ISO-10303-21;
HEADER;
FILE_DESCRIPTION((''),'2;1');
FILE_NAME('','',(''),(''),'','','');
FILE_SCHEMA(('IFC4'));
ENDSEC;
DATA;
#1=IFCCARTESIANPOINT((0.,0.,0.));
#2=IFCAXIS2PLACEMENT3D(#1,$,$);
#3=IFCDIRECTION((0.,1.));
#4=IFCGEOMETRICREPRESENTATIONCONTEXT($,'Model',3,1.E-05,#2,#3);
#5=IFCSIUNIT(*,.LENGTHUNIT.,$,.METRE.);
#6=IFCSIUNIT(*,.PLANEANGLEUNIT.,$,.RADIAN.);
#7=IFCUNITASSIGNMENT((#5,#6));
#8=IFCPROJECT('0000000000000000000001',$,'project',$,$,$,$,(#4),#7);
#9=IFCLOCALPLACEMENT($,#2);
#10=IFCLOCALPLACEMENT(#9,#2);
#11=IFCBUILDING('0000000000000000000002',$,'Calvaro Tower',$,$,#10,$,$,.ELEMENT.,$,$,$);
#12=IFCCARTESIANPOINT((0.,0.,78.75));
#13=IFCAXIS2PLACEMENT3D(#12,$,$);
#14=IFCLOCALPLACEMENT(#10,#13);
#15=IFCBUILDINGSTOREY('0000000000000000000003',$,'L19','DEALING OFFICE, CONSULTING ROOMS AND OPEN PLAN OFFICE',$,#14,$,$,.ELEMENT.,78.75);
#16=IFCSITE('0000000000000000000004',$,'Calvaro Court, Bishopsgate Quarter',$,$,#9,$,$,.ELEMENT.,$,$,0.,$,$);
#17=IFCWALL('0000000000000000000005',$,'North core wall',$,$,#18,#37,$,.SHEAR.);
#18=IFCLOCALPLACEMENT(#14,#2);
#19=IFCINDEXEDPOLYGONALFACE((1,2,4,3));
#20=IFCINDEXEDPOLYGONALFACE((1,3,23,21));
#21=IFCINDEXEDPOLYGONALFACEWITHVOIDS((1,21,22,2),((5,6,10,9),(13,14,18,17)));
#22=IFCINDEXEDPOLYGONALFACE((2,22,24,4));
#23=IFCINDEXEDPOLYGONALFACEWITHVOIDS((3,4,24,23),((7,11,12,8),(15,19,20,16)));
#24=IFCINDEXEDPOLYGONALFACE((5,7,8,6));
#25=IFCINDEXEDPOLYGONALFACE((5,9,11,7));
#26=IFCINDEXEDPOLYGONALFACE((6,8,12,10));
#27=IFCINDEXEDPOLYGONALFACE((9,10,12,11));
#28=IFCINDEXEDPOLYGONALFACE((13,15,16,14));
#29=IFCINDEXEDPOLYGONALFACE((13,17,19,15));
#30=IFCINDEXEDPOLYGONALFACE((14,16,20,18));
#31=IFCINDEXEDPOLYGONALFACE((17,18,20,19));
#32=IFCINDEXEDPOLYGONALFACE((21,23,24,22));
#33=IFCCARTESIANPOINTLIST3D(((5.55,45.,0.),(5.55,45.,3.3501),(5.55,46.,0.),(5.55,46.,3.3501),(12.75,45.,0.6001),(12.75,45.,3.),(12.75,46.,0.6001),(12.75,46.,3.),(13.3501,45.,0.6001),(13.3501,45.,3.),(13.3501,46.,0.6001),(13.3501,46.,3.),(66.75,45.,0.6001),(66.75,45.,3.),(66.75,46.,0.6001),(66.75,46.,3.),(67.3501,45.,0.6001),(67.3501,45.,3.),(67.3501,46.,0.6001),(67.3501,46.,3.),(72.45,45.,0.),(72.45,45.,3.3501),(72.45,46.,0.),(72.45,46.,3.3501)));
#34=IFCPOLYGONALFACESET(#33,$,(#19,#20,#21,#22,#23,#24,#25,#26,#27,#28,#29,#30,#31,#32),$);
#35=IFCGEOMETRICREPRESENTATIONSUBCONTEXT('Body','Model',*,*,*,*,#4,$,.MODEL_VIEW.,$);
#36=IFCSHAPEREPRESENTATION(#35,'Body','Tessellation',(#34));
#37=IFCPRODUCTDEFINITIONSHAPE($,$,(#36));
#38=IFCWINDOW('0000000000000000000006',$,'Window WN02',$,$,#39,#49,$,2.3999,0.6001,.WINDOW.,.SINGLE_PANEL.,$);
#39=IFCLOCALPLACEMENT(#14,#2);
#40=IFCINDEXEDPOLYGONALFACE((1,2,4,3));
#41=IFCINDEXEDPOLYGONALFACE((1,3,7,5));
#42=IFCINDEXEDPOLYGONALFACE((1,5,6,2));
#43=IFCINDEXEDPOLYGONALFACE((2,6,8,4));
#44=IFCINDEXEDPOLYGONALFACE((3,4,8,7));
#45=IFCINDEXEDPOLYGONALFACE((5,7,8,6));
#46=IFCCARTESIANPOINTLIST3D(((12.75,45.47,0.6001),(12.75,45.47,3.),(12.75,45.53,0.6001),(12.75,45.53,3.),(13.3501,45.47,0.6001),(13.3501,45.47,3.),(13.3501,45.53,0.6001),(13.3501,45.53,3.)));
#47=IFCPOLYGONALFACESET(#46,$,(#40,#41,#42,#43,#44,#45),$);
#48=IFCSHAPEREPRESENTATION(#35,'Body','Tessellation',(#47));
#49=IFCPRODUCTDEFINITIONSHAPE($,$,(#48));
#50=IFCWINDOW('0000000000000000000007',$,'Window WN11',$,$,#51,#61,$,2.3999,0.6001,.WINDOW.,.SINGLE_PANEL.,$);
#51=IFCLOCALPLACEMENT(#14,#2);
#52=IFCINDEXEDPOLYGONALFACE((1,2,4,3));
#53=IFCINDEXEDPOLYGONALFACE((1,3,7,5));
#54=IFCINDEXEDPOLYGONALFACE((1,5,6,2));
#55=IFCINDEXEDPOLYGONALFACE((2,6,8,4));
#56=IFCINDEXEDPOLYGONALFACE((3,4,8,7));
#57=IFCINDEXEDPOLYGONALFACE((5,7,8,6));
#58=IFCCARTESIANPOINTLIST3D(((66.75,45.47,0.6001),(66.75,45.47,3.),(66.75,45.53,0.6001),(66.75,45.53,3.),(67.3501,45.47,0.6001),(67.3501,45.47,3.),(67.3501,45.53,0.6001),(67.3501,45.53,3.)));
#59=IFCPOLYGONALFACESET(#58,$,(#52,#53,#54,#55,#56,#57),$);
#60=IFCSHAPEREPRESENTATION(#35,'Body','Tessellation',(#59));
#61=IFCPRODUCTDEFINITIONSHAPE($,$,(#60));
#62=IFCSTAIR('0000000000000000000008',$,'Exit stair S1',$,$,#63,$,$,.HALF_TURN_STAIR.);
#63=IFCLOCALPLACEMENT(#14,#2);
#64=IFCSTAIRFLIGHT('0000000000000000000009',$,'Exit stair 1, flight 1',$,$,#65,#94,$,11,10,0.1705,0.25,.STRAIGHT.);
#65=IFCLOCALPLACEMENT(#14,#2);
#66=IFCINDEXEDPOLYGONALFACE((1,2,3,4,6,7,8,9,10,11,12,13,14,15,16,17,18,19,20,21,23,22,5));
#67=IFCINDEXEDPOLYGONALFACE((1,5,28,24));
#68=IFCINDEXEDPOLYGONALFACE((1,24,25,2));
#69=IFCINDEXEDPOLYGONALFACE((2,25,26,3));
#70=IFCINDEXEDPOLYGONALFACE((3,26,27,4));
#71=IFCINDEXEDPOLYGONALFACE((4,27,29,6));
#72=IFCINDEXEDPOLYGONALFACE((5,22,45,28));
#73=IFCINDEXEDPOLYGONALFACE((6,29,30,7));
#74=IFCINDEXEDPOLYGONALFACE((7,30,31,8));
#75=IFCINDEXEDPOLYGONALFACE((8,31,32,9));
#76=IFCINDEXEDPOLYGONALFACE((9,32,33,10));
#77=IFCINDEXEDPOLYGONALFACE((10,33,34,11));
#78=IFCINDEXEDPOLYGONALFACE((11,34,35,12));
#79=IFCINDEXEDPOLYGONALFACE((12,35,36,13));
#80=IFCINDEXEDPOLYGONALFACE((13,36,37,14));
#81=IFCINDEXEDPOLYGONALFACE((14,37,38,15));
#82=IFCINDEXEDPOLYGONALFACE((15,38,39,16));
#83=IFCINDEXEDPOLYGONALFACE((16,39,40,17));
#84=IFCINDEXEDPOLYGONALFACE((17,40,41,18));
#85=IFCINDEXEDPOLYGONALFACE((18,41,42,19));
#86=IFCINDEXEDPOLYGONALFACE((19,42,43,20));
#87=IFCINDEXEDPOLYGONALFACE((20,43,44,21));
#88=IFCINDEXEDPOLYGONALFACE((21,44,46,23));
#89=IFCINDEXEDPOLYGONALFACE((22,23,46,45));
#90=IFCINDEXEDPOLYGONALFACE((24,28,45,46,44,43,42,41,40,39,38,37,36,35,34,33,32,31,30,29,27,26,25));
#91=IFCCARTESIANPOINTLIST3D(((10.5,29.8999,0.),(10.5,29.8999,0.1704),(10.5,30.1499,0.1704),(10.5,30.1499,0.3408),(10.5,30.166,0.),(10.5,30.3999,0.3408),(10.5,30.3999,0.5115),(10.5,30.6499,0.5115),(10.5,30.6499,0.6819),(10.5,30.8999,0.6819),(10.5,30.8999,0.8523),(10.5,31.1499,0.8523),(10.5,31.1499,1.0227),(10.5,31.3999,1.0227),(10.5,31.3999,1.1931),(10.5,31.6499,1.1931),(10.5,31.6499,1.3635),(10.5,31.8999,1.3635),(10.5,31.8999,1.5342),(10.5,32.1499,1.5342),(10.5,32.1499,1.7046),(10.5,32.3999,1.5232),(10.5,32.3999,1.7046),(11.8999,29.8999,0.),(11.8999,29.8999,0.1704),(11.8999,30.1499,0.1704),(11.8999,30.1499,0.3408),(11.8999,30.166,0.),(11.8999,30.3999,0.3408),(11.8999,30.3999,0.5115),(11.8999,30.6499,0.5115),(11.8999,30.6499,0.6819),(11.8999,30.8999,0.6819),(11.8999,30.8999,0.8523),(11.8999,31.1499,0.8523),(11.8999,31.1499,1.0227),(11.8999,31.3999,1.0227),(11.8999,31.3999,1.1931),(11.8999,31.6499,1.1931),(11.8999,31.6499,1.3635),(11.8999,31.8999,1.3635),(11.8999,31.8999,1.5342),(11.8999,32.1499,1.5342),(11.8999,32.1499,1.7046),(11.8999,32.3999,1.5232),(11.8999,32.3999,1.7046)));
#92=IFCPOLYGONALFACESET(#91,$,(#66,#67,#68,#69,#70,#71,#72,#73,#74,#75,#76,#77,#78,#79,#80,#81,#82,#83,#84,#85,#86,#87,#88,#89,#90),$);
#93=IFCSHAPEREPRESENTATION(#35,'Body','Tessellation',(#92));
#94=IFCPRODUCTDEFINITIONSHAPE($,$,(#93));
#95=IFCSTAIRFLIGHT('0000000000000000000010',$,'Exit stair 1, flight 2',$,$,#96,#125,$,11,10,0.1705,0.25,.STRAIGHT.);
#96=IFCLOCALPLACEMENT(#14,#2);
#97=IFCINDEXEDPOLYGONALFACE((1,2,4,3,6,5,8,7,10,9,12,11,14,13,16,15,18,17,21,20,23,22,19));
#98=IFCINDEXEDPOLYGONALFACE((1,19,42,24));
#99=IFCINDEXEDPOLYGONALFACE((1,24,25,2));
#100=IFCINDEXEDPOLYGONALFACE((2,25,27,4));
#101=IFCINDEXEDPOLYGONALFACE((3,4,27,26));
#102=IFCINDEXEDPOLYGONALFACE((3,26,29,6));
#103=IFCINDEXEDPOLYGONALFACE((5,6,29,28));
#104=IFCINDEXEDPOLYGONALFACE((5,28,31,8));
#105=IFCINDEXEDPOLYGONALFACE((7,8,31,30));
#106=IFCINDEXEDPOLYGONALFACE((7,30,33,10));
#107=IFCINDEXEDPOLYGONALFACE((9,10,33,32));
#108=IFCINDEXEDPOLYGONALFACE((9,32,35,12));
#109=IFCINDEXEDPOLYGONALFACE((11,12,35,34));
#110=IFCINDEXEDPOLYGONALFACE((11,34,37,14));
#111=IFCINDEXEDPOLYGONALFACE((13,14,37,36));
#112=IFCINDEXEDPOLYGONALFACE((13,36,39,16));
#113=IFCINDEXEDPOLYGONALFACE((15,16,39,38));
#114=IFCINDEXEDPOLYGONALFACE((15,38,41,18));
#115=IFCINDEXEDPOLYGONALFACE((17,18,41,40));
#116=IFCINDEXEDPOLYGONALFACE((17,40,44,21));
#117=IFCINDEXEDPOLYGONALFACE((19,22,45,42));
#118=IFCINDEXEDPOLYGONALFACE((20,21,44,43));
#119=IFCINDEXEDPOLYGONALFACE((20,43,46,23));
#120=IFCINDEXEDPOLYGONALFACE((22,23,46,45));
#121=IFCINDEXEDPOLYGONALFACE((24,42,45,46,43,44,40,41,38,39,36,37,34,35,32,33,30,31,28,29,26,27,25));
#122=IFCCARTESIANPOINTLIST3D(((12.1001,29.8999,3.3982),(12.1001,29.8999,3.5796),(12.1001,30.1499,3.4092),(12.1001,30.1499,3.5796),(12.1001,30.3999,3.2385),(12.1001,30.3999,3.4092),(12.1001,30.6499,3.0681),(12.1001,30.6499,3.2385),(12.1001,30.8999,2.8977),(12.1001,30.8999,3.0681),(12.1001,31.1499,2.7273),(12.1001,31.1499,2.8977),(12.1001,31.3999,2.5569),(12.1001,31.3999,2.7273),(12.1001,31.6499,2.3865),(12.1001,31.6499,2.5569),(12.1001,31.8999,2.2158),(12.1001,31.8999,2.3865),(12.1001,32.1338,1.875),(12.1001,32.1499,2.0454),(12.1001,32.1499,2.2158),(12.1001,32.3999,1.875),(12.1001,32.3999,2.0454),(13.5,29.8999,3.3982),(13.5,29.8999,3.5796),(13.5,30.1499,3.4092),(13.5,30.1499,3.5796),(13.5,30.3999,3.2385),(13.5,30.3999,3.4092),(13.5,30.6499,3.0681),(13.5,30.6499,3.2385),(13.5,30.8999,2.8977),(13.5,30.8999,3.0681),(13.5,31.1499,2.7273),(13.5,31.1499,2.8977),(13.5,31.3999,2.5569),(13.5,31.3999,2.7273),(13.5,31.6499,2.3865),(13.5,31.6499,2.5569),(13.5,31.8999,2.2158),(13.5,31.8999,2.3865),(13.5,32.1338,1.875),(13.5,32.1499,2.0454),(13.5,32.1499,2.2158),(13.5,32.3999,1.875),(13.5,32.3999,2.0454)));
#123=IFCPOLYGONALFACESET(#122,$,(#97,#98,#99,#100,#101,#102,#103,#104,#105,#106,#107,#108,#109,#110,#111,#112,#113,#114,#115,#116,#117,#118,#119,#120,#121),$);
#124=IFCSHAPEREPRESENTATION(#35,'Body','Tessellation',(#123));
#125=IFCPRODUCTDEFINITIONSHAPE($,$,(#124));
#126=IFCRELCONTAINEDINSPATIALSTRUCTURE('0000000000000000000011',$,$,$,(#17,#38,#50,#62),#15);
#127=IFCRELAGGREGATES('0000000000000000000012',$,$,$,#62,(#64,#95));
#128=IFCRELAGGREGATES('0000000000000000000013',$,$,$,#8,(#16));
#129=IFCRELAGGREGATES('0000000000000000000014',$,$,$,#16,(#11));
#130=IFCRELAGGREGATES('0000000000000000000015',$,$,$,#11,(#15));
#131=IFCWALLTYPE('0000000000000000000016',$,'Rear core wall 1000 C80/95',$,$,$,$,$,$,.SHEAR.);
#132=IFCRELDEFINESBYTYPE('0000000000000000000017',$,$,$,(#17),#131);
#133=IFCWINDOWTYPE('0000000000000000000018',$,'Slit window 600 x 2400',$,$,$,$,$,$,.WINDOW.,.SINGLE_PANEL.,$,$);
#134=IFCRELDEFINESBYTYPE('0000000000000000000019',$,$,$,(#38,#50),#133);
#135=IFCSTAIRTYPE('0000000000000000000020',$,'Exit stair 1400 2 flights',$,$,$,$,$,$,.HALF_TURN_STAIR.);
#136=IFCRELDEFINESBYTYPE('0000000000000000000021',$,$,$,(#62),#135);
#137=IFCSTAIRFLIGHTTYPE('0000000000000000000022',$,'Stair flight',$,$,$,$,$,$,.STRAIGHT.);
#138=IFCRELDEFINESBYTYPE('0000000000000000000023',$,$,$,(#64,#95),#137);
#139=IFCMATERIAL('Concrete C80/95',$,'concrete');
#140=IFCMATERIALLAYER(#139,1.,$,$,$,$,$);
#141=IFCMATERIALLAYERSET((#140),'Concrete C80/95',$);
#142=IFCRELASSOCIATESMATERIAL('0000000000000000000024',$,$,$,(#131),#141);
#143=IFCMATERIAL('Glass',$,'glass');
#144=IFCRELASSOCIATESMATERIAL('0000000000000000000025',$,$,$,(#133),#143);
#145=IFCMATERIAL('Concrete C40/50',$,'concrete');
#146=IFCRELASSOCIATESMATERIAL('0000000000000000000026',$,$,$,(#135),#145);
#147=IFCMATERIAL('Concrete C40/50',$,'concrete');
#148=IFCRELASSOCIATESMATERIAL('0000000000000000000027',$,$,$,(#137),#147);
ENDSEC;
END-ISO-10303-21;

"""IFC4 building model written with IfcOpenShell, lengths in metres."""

from ifc_helpers import new_model, si_unit, direction, frame, frame_2d, origin, place, context, subcontext, project, spatial, polyline, rectangle, outline, extrude, material, layer, layer_set, type_object, element, fill, aggregate, save


model = new_model("IFC4")

# Units and contexts
model_context = context("Model", 3, precision=1e-05, world=origin(), true_north=direction((0.0, 1.0)))
body_context = subcontext(model_context, "Body", "Model", "MODEL_VIEW")
ifc_project = project(units=[si_unit("LENGTHUNIT", "METRE"), si_unit("PLANEANGLEUNIT", "RADIAN")], contexts=[model_context])

# Site, building, storey
site_placement = place(None, origin())
site = spatial("IfcSite", under=ifc_project, at=site_placement, Name="Calvaro Court, Bishopsgate Quarter", CompositionType="ELEMENT", RefElevation=0.0)
building_placement = place(site_placement, origin())
building = spatial("IfcBuilding", under=site, at=building_placement, Name="Calvaro Tower", CompositionType="ELEMENT")
storey_placement = place(building_placement, frame((0.0, 0.0, 78.75)))
storey = spatial("IfcBuildingStorey", under=building, at=storey_placement, Name="L19", Description="DEALING OFFICE, CONSULTING ROOMS AND OPEN PLAN OFFICE", CompositionType="ELEMENT", Elevation=78.75)

# Wall, openings, windows
ifc_material_1 = material(Name="Concrete C80/95", Category="concrete")
ifc_layer_1 = layer(ifc_material_1, 1.0)
ifc_layer_set_1 = layer_set([ifc_layer_1], Name="Concrete C80/95")
wall_type_1 = type_object("IfcWallType", Name="Rear core wall 1000 C80/95", PredefinedType="SHEAR", material=ifc_layer_set_1)
wall_1_placement = place(storey_placement, frame((5.55, 45.5, 0.0), z_axis=(0.0, 0.0, 1.0), x_axis=(1.0, 0.0, 0.0)))
wall_1 = element("IfcWall", 1, at=wall_1_placement, inside=storey, type_object=wall_type_1, Name="North core wall", PredefinedType="SHEAR", context=body_context, shape_type="SweptSolid", body=[
    extrude(rectangle(XDim=66.8999, YDim=1.0, at=frame_2d((33.45, 0.0))), origin(), (0.0, 0.0, 1.0), 3.3501),
])
opening_1_placement = place(wall_1_placement, frame((7.2, 0.0, 0.6001)))
opening_1 = element("IfcOpeningElement", 2, at=opening_1_placement, cuts=wall_1, PredefinedType="OPENING", context=body_context, shape_type="SweptSolid", body=[
    extrude(rectangle(XDim=0.6001, YDim=2.3999, at=frame_2d((0.3, 1.2))), frame((0.0, 0.51, 0.0), z_axis=(0.0, -1.0, 0.0), x_axis=(1.0, 0.0, 0.0)), (0.0, 0.0, 1.0), 1.02),
])
opening_2_placement = place(wall_1_placement, frame((61.2, 0.0, 0.6001)))
opening_2 = element("IfcOpeningElement", 3, at=opening_2_placement, cuts=wall_1, PredefinedType="OPENING", context=body_context, shape_type="SweptSolid", body=[
    extrude(rectangle(XDim=0.6001, YDim=2.3999, at=frame_2d((0.3, 1.2))), frame((0.0, 0.51, 0.0), z_axis=(0.0, -1.0, 0.0), x_axis=(1.0, 0.0, 0.0)), (0.0, 0.0, 1.0), 1.02),
])
ifc_material_2 = material(Name="Glass", Category="glass")
window_type = type_object("IfcWindowType", Name="Slit window 600 x 2400", PartitioningType="SINGLE_PANEL", PredefinedType="WINDOW", material=ifc_material_2)
window_1_placement = place(opening_1_placement, origin())
window_1 = element("IfcWindow", 4, at=window_1_placement, inside=storey, type_object=window_type, Name="Window WN02", OverallHeight=2.3999, OverallWidth=0.6001, PartitioningType="SINGLE_PANEL", PredefinedType="WINDOW", context=body_context, shape_type="SweptSolid", body=[
    extrude(rectangle(XDim=0.6001, YDim=2.3999, at=frame_2d((0.3, 1.2))), frame((0.0, 0.03, 0.0), z_axis=(0.0, -1.0, 0.0), x_axis=(1.0, 0.0, 0.0)), (0.0, 0.0, 1.0), 0.0601),
])
fill(opening_1, window_1)
window_2_placement = place(opening_2_placement, origin())
window_2 = element("IfcWindow", 5, at=window_2_placement, inside=storey, type_object=window_type, Name="Window WN11", OverallHeight=2.3999, OverallWidth=0.6001, PartitioningType="SINGLE_PANEL", PredefinedType="WINDOW", context=body_context, shape_type="SweptSolid", body=[
    extrude(rectangle(XDim=0.6001, YDim=2.3999, at=frame_2d((0.3, 1.2))), frame((0.0, 0.03, 0.0), z_axis=(0.0, -1.0, 0.0), x_axis=(1.0, 0.0, 0.0)), (0.0, 0.0, 1.0), 0.0601),
])
fill(opening_2, window_2)

# Stair, stair flights
ifc_material_3 = material(Name="Concrete C40/50", Category="concrete")
stair_type = type_object("IfcStairType", Name="Exit stair 1400 2 flights", PredefinedType="HALF_TURN_STAIR", material=ifc_material_3)
stair_placement = place(storey_placement, origin())
stair = element("IfcStair", 6, at=stair_placement, inside=storey, type_object=stair_type, Name="Exit stair S1", PredefinedType="HALF_TURN_STAIR")
ifc_material_4 = material(Name="Concrete C40/50", Category="concrete")
stair_flight_type = type_object("IfcStairFlightType", Name="Stair flight", PredefinedType="STRAIGHT", material=ifc_material_4)
stair_flight_1_placement = place(storey_placement, frame((11.2, 29.8999, 0.0), z_axis=(0.0, 0.0, 1.0), x_axis=(0.0, 1.0, 0.0)))
stair_flight_1 = element("IfcStairFlight", 7, at=stair_flight_1_placement, type_object=stair_flight_type, Name="Exit stair 1, flight 1", NumberOfRisers=11, NumberOfTreads=10, PredefinedType="STRAIGHT", RiserHeight=0.1705, TreadLength=0.25, context=body_context, shape_type="SweptSolid", body=[
    extrude(outline(polyline([(0.0, 0.0), (0.0, 0.1704), (0.25, 0.1704), (0.25, 0.3408), (0.5, 0.3408), (0.5, 0.5115), (0.75, 0.5115), (0.75, 0.6819), (1.0, 0.6819), (1.0, 0.8523), (1.25, 0.8523), (1.25, 1.0227), (1.5, 1.0227), (1.5, 1.1931), (1.75, 1.1931), (1.75, 1.3635), (2.0, 1.3635), (2.0, 1.5342), (2.25, 1.5342), (2.25, 1.7046), (2.5, 1.7046), (2.5, 1.875), (2.5, 1.5232), (0.2661, 0.0), (0.0, 0.0)])), frame((0.0, 0.7, 0.0), z_axis=(0.0, -1.0, 0.0), x_axis=(1.0, 0.0, 0.0)), (0.0, 0.0, 1.0), 1.3999),
])
stair_flight_2_placement = place(storey_placement, frame((12.8, 32.3999, 1.875), z_axis=(0.0, 0.0, 1.0), x_axis=(0.0, -1.0, 0.0)))
stair_flight_2 = element("IfcStairFlight", 8, at=stair_flight_2_placement, type_object=stair_flight_type, Name="Exit stair 1, flight 2", NumberOfRisers=11, NumberOfTreads=10, PredefinedType="STRAIGHT", RiserHeight=0.1705, TreadLength=0.25, context=body_context, shape_type="SweptSolid", body=[
    extrude(outline(polyline([(0.0, 0.0), (0.0, 0.1704), (0.25, 0.1704), (0.25, 0.3408), (0.5, 0.3408), (0.5, 0.5115), (0.75, 0.5115), (0.75, 0.6819), (1.0, 0.6819), (1.0, 0.8523), (1.25, 0.8523), (1.25, 1.0227), (1.5, 1.0227), (1.5, 1.1931), (1.75, 1.1931), (1.75, 1.3635), (2.0, 1.3635), (2.0, 1.5342), (2.25, 1.5342), (2.25, 1.7046), (2.5, 1.7046), (2.5, 1.875), (2.5, 1.5232), (0.2661, 0.0), (0.0, 0.0)])), frame((0.0, 0.7, 0.0), z_axis=(0.0, -1.0, 0.0), x_axis=(1.0, 0.0, 0.0)), (0.0, 0.0, 1.0), 1.3999),
])
aggregate(stair, [stair_flight_1, stair_flight_2])

save(model, "model.ifc")
